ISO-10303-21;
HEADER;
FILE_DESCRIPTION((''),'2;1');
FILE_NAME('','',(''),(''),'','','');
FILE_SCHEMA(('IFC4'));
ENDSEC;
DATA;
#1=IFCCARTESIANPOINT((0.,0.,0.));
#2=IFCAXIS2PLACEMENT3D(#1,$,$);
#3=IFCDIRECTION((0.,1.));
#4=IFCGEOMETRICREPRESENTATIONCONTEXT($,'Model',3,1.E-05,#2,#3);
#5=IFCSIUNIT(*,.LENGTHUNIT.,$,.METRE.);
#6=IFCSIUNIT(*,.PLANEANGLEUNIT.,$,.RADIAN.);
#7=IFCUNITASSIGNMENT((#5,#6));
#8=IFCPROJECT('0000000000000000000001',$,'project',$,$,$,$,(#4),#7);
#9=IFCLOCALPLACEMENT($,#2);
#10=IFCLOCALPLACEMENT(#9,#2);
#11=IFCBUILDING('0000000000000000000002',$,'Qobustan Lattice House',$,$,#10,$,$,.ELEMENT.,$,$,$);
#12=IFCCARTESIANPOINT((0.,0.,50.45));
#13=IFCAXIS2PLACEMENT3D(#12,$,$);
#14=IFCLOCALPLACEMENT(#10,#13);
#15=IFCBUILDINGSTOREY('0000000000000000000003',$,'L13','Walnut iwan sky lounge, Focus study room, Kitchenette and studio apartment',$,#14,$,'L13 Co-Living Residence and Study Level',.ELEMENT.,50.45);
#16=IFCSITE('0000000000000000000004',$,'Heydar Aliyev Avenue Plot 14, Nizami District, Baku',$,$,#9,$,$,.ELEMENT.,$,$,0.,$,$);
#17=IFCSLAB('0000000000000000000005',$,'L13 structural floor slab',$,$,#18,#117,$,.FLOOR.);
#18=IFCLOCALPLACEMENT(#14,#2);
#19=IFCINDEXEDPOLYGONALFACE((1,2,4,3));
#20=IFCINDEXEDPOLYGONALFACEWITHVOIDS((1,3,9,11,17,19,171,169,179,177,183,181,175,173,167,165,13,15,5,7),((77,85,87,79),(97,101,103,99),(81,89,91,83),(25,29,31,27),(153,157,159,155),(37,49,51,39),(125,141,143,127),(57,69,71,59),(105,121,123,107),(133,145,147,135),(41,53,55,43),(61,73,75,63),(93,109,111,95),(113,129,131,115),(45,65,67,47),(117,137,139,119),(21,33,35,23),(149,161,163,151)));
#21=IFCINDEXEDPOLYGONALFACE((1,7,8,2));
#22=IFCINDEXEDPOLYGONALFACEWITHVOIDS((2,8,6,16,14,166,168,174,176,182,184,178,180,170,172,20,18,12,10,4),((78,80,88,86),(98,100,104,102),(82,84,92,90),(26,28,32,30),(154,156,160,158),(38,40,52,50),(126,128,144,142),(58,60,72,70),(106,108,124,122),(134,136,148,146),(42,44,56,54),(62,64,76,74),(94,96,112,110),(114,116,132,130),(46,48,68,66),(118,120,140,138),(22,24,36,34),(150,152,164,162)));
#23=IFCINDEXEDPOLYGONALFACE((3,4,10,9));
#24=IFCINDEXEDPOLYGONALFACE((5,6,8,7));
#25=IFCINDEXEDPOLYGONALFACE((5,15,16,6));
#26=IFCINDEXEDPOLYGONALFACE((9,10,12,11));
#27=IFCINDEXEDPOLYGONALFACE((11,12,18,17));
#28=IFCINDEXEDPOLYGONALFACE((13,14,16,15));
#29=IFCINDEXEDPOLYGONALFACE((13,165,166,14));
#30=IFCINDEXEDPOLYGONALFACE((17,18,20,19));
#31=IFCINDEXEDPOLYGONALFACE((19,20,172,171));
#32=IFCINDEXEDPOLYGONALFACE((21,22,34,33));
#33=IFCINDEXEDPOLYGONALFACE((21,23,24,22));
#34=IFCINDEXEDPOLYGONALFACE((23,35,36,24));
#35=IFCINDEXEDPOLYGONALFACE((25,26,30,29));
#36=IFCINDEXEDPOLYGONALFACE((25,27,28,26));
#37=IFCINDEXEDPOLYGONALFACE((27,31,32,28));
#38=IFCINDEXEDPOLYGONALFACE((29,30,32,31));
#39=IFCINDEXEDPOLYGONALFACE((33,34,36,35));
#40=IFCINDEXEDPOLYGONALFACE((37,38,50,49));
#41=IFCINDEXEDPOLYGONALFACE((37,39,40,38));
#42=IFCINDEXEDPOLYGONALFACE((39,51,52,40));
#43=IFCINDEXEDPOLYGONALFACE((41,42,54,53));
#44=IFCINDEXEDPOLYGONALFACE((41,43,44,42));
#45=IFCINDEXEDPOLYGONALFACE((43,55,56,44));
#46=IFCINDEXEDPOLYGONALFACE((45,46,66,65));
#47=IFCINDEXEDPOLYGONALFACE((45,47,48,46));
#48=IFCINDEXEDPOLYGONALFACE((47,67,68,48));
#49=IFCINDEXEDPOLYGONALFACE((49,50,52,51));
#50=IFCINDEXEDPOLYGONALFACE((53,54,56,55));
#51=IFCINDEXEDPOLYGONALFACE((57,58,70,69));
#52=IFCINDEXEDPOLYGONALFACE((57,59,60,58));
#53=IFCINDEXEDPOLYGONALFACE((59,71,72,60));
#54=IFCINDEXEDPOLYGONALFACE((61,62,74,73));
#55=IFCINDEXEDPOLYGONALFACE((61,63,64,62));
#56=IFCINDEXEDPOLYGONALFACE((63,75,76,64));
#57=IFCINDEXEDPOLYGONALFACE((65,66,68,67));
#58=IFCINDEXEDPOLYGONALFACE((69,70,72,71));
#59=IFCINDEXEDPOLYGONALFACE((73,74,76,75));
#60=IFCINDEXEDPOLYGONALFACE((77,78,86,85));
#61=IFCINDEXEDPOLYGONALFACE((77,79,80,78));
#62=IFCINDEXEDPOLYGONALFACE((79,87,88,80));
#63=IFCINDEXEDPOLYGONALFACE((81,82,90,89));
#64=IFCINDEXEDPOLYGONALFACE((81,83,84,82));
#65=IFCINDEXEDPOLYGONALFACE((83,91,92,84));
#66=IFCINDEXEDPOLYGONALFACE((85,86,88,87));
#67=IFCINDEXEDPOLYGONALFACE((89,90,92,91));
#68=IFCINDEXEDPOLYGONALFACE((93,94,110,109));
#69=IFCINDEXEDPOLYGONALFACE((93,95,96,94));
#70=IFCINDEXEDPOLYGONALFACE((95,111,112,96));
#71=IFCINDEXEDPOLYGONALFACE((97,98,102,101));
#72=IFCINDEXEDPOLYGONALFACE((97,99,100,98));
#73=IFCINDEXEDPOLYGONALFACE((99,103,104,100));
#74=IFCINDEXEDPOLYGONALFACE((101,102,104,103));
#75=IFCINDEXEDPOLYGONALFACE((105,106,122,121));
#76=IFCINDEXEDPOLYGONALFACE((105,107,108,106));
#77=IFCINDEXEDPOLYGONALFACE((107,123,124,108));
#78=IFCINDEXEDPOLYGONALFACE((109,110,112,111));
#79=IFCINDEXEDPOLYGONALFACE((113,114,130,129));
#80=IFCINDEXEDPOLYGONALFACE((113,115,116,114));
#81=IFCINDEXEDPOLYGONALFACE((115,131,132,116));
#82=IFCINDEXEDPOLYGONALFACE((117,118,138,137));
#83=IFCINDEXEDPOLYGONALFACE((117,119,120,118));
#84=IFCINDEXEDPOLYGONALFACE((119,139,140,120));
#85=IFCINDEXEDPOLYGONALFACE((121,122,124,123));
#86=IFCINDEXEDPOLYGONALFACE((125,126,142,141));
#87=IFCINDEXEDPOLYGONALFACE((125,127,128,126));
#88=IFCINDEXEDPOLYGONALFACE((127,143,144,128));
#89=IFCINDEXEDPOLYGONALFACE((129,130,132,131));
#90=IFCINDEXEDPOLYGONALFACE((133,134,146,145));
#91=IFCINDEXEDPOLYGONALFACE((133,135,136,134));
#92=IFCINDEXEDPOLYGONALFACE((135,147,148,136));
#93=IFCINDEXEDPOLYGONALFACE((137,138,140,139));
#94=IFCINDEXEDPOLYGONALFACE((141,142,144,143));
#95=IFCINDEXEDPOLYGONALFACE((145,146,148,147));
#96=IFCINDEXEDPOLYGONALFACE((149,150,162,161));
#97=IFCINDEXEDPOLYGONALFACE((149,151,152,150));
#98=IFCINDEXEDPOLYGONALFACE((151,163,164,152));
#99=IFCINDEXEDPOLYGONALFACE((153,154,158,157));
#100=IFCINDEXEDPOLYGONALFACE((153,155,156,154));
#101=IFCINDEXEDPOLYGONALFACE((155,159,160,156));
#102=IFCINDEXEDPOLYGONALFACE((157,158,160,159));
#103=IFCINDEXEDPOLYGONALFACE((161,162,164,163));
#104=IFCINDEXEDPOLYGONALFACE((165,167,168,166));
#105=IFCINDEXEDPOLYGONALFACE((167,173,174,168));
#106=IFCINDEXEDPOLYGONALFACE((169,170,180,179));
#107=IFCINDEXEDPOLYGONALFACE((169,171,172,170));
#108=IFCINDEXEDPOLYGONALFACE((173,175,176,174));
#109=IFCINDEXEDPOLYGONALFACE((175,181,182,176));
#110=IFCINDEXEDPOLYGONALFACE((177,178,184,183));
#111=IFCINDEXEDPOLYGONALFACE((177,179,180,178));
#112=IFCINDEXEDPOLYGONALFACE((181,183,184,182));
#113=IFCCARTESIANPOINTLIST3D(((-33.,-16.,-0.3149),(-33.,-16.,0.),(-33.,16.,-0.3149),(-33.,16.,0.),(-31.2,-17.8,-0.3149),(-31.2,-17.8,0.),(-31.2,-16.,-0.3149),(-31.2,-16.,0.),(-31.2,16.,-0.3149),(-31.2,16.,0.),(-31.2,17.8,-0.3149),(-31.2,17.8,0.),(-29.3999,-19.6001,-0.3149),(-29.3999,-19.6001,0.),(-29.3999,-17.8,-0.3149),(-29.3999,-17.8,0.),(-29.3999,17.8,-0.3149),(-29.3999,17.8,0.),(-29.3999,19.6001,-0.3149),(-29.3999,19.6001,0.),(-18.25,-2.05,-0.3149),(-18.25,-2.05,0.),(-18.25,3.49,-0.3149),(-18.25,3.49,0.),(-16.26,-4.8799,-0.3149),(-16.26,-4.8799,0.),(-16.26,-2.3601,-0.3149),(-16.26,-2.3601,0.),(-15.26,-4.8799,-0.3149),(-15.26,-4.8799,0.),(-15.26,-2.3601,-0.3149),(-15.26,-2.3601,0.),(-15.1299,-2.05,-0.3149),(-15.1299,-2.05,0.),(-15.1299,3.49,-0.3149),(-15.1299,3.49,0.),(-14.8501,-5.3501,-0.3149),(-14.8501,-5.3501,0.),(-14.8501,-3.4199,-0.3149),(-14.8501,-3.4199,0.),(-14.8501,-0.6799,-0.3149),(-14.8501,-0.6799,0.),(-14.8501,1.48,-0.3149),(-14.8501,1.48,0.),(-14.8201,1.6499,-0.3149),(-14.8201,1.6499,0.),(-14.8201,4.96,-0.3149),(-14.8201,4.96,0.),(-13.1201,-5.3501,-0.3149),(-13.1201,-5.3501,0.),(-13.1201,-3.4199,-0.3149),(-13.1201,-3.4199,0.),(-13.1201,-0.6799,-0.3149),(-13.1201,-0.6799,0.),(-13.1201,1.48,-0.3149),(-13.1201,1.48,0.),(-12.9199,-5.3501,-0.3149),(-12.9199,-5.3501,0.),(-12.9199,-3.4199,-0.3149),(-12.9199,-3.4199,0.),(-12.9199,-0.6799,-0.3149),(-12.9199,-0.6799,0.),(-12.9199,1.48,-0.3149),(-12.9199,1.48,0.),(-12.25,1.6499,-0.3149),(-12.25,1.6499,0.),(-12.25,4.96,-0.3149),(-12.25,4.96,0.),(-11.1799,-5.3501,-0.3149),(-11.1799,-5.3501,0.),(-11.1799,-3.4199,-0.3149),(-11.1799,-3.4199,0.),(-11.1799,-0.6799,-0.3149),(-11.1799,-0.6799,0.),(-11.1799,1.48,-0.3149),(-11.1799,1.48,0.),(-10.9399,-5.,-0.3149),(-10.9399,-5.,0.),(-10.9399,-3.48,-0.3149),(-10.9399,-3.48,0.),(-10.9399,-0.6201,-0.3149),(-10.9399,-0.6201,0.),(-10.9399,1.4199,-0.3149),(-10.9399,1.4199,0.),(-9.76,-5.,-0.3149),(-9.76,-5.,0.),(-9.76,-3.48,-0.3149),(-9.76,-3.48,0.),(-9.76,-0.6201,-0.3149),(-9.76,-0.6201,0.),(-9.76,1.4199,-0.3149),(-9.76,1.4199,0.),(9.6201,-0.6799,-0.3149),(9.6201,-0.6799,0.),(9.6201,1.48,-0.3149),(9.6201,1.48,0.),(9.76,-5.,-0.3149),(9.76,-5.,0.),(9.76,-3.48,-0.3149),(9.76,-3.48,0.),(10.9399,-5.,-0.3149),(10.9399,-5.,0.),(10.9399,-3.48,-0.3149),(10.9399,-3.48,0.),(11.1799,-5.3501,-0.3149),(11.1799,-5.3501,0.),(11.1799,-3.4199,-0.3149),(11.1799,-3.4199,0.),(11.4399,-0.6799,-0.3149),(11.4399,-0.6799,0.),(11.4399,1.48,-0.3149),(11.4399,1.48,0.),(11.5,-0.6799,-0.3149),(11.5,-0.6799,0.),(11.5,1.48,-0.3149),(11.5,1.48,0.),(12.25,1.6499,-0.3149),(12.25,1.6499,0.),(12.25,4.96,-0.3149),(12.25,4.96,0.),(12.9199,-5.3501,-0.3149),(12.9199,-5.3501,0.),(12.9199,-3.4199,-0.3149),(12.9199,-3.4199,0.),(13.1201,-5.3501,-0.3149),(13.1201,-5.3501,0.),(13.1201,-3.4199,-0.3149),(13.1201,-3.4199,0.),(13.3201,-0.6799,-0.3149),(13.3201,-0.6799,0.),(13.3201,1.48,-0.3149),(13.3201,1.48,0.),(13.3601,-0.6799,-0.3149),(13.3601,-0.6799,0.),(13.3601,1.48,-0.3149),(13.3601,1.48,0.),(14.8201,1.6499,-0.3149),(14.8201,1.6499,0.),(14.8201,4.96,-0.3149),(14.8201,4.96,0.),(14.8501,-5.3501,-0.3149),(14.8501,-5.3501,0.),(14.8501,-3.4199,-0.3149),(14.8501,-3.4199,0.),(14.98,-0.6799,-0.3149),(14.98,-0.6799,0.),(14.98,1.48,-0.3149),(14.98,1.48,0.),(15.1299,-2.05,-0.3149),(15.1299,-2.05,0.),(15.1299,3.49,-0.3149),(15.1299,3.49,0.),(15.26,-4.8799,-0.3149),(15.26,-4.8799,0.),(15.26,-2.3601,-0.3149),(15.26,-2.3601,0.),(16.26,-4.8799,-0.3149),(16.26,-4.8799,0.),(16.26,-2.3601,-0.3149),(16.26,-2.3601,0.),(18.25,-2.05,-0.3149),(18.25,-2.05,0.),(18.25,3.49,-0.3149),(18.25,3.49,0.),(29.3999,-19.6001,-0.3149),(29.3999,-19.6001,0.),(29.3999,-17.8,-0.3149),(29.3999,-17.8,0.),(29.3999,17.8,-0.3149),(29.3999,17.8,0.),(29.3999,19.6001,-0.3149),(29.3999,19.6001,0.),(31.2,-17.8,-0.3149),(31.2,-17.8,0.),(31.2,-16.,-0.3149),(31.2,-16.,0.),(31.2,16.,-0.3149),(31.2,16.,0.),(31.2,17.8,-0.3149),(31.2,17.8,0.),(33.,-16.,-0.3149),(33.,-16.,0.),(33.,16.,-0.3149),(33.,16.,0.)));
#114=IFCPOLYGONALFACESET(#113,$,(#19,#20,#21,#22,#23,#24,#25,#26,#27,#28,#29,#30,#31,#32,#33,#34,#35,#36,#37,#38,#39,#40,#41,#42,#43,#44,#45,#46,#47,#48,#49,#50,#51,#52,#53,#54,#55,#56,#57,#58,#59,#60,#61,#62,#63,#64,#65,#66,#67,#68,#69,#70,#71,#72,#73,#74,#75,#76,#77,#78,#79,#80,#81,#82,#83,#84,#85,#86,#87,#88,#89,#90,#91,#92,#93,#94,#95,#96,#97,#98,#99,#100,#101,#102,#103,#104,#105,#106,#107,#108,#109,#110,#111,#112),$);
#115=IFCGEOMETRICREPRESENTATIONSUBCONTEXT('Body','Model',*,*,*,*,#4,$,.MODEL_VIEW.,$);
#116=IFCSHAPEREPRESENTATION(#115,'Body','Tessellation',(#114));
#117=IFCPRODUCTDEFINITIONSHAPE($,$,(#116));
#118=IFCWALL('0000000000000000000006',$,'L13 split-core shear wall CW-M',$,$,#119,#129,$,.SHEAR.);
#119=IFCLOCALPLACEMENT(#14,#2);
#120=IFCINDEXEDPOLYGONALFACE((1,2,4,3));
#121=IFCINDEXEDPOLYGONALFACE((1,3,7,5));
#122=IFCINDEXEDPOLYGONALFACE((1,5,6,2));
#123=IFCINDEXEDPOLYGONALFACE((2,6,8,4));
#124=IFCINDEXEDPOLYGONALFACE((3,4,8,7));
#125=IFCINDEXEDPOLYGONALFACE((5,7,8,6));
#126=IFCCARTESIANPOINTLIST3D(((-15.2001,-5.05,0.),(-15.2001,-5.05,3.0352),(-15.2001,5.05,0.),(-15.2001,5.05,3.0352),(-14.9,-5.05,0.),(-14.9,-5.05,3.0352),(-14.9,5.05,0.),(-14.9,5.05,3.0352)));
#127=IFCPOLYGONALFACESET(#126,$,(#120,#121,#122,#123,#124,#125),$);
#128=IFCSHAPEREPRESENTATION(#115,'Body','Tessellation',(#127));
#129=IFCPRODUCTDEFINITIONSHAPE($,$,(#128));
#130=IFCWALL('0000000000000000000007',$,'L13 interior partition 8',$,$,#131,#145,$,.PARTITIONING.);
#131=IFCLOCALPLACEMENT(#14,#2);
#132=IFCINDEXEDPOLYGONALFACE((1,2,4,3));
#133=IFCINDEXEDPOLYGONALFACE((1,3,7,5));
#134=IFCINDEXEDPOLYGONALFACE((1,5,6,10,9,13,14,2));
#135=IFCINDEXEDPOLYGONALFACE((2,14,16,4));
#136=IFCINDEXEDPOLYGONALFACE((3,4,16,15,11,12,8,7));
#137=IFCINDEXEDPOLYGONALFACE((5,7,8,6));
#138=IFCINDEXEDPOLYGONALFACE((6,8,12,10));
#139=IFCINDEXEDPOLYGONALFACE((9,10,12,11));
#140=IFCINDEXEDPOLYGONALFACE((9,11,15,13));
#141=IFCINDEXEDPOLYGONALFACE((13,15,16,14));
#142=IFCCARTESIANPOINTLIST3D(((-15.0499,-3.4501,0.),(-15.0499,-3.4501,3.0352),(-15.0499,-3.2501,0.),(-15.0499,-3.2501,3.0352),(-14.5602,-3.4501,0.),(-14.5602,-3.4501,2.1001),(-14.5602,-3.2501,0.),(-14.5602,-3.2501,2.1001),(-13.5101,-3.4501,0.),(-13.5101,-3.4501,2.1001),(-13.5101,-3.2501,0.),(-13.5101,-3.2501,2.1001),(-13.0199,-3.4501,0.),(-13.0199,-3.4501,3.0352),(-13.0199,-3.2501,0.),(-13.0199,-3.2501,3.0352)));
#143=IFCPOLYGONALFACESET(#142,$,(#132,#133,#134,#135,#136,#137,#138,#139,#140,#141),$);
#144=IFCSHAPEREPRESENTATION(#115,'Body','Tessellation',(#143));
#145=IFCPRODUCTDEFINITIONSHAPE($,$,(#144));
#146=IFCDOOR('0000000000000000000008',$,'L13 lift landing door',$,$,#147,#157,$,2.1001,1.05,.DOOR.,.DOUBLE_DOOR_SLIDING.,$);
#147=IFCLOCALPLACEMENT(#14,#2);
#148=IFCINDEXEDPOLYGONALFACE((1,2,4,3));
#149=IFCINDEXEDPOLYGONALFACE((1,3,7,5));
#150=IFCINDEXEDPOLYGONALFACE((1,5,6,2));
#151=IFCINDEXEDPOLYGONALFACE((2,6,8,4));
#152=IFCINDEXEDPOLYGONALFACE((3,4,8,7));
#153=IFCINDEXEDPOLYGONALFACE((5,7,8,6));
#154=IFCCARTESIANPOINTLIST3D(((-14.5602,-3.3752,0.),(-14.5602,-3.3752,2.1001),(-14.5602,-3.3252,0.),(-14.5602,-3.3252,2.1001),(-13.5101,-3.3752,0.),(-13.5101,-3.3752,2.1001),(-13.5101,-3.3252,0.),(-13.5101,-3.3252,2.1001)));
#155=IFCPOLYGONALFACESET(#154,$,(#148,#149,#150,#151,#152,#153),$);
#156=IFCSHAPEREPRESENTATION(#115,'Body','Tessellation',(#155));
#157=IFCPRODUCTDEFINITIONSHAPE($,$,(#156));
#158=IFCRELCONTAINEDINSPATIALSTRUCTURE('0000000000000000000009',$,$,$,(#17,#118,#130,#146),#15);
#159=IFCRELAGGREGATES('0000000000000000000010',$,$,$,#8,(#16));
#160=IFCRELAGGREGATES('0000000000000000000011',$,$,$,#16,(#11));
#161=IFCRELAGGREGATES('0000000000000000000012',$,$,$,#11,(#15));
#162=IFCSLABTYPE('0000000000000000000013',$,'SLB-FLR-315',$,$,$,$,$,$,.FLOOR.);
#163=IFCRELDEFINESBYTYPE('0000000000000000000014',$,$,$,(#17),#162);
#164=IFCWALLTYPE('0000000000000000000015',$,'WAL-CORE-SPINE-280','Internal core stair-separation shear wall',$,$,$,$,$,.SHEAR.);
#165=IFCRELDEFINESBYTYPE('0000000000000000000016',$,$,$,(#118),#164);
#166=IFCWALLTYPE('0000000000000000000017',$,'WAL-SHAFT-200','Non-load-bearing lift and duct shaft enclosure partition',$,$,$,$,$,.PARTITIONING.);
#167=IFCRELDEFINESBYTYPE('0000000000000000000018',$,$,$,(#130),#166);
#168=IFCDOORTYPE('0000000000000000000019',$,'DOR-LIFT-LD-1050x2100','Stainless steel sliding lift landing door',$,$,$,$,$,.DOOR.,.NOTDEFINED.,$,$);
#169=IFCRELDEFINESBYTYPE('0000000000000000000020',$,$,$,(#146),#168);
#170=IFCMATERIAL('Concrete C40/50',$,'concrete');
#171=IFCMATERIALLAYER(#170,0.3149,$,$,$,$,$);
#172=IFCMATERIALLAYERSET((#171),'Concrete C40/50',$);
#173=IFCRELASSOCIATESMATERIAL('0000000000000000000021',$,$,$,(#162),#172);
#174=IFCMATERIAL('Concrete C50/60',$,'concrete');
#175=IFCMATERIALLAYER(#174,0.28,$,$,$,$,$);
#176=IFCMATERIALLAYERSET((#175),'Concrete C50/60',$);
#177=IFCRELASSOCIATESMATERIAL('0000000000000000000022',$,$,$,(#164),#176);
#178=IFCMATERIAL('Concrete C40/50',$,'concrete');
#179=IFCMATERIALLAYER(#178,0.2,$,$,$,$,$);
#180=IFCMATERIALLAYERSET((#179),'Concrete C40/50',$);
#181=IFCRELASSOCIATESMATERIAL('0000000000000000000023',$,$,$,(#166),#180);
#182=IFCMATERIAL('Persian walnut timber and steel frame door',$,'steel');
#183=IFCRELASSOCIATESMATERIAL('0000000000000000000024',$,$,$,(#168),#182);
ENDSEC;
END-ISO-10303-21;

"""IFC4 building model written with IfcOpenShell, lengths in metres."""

from ifc_helpers import new_model, si_unit, direction, frame, frame_2d, origin, place, context, subcontext, project, spatial, polyline, rectangle, outline, extrude, material, layer, layer_set, type_object, element, fill, save


model = new_model("IFC4")

# Units and contexts
model_context = context("Model", 3, precision=1e-05, world=origin(), true_north=direction((0.0, 1.0)))
body_context = subcontext(model_context, "Body", "Model", "MODEL_VIEW")
ifc_project = project(units=[si_unit("LENGTHUNIT", "METRE"), si_unit("PLANEANGLEUNIT", "RADIAN")], contexts=[model_context])

# Site, building, storey
site_placement = place(None, origin())
site = spatial("IfcSite", under=ifc_project, at=site_placement, Name="Heydar Aliyev Avenue Plot 14, Nizami District, Baku", CompositionType="ELEMENT", RefElevation=0.0)
building_placement = place(site_placement, origin())
building = spatial("IfcBuilding", under=site, at=building_placement, Name="Qobustan Lattice House", CompositionType="ELEMENT")
storey_placement = place(building_placement, frame((0.0, 0.0, 50.45)))
storey = spatial("IfcBuildingStorey", under=building, at=storey_placement, Name="L13", Description="Walnut iwan sky lounge, Focus study room, Kitchenette and studio apartment", LongName="L13 Co-Living Residence and Study Level", CompositionType="ELEMENT", Elevation=50.45)

# Slab
ifc_material_1 = material(Name="Concrete C40/50", Category="concrete")
ifc_layer_1 = layer(ifc_material_1, 0.3149)
ifc_layer_set_1 = layer_set([ifc_layer_1], Name="Concrete C40/50")
slab_type = type_object("IfcSlabType", Name="SLB-FLR-315", PredefinedType="FLOOR", material=ifc_layer_set_1)
slab_placement = place(storey_placement, frame((0.0, 0.0, -0.3149)))
element("IfcSlab", 1, at=slab_placement, inside=storey, type_object=slab_type, Name="L13 structural floor slab", PredefinedType="FLOOR", context=body_context, shape_type="SweptSolid", body=[
    extrude(outline(polyline([(-29.3999, -19.6001), (29.3999, -19.6001), (29.3999, -17.8), (31.2, -17.8), (31.2, -16.0), (33.0, -16.0), (33.0, 16.0), (31.2, 16.0), (31.2, 17.8), (29.3999, 17.8), (29.3999, 19.6001), (-29.3999, 19.6001), (-29.3999, 17.8), (-31.2, 17.8), (-31.2, 16.0), (-33.0, 16.0), (-33.0, -16.0), (-31.2, -16.0), (-31.2, -17.8), (-29.3999, -17.8), (-29.3999, -19.6001)]), holes=[polyline([(-18.25, -2.05), (-18.25, 3.49), (-15.1299, 3.49), (-15.1299, -2.05), (-18.25, -2.05)]), polyline([(15.1299, -2.05), (15.1299, 3.49), (18.25, 3.49), (18.25, -2.05), (15.1299, -2.05)]), polyline([(-14.8201, 1.6499), (-14.8201, 4.96), (-12.25, 4.96), (-12.25, 1.6499), (-14.8201, 1.6499)]), polyline([(12.25, 1.6499), (12.25, 4.96), (14.8201, 4.96), (14.8201, 1.6499), (12.25, 1.6499)]), polyline([(-16.26, -4.8799), (-16.26, -2.3601), (-15.26, -2.3601), (-15.26, -4.8799), (-16.26, -4.8799)]), polyline([(15.26, -4.8799), (15.26, -2.3601), (16.26, -2.3601), (16.26, -4.8799), (15.26, -4.8799)]), polyline([(-14.8501, -5.3501), (-14.8501, -3.4199), (-13.1201, -3.4199), (-13.1201, -5.3501), (-14.8501, -5.3501)]), polyline([(-12.9199, -5.3501), (-12.9199, -3.4199), (-11.1799, -3.4199), (-11.1799, -5.3501), (-12.9199, -5.3501)]), polyline([(-14.8501, -0.6799), (-14.8501, 1.48), (-13.1201, 1.48), (-13.1201, -0.6799), (-14.8501, -0.6799)]), polyline([(-12.9199, -0.6799), (-12.9199, 1.48), (-11.1799, 1.48), (-11.1799, -0.6799), (-12.9199, -0.6799)]), polyline([(-10.9399, -5.0), (-10.9399, -3.48), (-9.76, -3.48), (-9.76, -5.0), (-10.9399, -5.0)]), polyline([(-10.9399, -0.6201), (-10.9399, 1.4199), (-9.76, 1.4199), (-9.76, -0.6201), (-10.9399, -0.6201)]), polyline([(11.1799, -5.3501), (11.1799, -3.4199), (12.9199, -3.4199), (12.9199, -5.3501), (11.1799, -5.3501)]), polyline([(13.1201, -5.3501), (13.1201, -3.4199), (14.8501, -3.4199), (14.8501, -5.3501), (13.1201, -5.3501)]), polyline([(9.76, -5.0), (9.76, -3.48), (10.9399, -3.48), (10.9399, -5.0), (9.76, -5.0)]), polyline([(13.3601, -0.6799), (13.3601, 1.48), (14.98, 1.48), (14.98, -0.6799), (13.3601, -0.6799)]), polyline([(9.6201, -0.6799), (9.6201, 1.48), (11.4399, 1.48), (11.4399, -0.6799), (9.6201, -0.6799)]), polyline([(11.5, -0.6799), (11.5, 1.48), (13.3201, 1.48), (13.3201, -0.6799), (11.5, -0.6799)])]), origin(), (0.0, 0.0, 1.0), 0.3149),
])

# Wall
ifc_material_2 = material(Name="Concrete C50/60", Category="concrete")
ifc_layer_2 = layer(ifc_material_2, 0.28)
ifc_layer_set_2 = layer_set([ifc_layer_2], Name="Concrete C50/60")
wall_type_1 = type_object("IfcWallType", Name="WAL-CORE-SPINE-280", Description="Internal core stair-separation shear wall", PredefinedType="SHEAR", material=ifc_layer_set_2)
wall_1_placement = place(storey_placement, frame((-15.05, -5.05, 0.0), z_axis=(0.0, 0.0, 1.0), x_axis=(0.0, 1.0, 0.0)))
element("IfcWall", 2, at=wall_1_placement, inside=storey, type_object=wall_type_1, Name="L13 split-core shear wall CW-M", PredefinedType="SHEAR", context=body_context, shape_type="SweptSolid", body=[
    extrude(rectangle(XDim=10.1001, YDim=0.3, at=frame_2d((5.05, 0.0))), origin(), (0.0, 0.0, 1.0), 3.0352),
])

# Wall, opening, door
ifc_material_3 = material(Name="Concrete C40/50", Category="concrete")
ifc_layer_3 = layer(ifc_material_3, 0.2)
ifc_layer_set_3 = layer_set([ifc_layer_3], Name="Concrete C40/50")
wall_type_2 = type_object("IfcWallType", Name="WAL-SHAFT-200", Description="Non-load-bearing lift and duct shaft enclosure partition", PredefinedType="PARTITIONING", material=ifc_layer_set_3)
wall_2_placement = place(storey_placement, frame((-15.05, -3.3501, 0.0), z_axis=(0.0, 0.0, 1.0), x_axis=(1.0, 0.0, 0.0)))
wall_2 = element("IfcWall", 3, at=wall_2_placement, inside=storey, type_object=wall_type_2, Name="L13 interior partition 8", PredefinedType="PARTITIONING", context=body_context, shape_type="SweptSolid", body=[
    extrude(rectangle(XDim=2.03, YDim=0.2, at=frame_2d((1.0151, 0.0))), origin(), (0.0, 0.0, 1.0), 3.0352),
])
opening_1_placement = place(wall_2_placement, frame((0.49, 0.0, 0.0)))
opening_1 = element("IfcOpeningElement", 4, at=opening_1_placement, cuts=wall_2, PredefinedType="OPENING", context=body_context, shape_type="SweptSolid", body=[
    extrude(rectangle(XDim=1.05, YDim=2.1001, at=frame_2d((0.5249, 1.05))), frame((0.0, 0.1099, 0.0), z_axis=(0.0, -1.0, 0.0), x_axis=(1.0, 0.0, 0.0)), (0.0, 0.0, 1.0), 0.22),
])
ifc_material_4 = material(Name="Persian walnut timber and steel frame door", Category="steel")
door_type_1 = type_object("IfcDoorType", Name="DOR-LIFT-LD-1050x2100", Description="Stainless steel sliding lift landing door", OperationType="NOTDEFINED", PredefinedType="DOOR", material=ifc_material_4)
door_1_placement = place(opening_1_placement, origin())
door_1 = element("IfcDoor", 5, at=door_1_placement, inside=storey, type_object=door_type_1, Name="L13 lift landing door", OperationType="DOUBLE_DOOR_SLIDING", OverallHeight=2.1001, OverallWidth=1.05, PredefinedType="DOOR", context=body_context, shape_type="SweptSolid", body=[
    extrude(rectangle(XDim=1.05, YDim=2.1001, at=frame_2d((0.5249, 1.05))), frame((0.0, 0.0249, 0.0), z_axis=(0.0, -1.0, 0.0), x_axis=(1.0, 0.0, 0.0)), (0.0, 0.0, 1.0), 0.05),
])
fill(opening_1, door_1)

save(model, "model.ifc")
